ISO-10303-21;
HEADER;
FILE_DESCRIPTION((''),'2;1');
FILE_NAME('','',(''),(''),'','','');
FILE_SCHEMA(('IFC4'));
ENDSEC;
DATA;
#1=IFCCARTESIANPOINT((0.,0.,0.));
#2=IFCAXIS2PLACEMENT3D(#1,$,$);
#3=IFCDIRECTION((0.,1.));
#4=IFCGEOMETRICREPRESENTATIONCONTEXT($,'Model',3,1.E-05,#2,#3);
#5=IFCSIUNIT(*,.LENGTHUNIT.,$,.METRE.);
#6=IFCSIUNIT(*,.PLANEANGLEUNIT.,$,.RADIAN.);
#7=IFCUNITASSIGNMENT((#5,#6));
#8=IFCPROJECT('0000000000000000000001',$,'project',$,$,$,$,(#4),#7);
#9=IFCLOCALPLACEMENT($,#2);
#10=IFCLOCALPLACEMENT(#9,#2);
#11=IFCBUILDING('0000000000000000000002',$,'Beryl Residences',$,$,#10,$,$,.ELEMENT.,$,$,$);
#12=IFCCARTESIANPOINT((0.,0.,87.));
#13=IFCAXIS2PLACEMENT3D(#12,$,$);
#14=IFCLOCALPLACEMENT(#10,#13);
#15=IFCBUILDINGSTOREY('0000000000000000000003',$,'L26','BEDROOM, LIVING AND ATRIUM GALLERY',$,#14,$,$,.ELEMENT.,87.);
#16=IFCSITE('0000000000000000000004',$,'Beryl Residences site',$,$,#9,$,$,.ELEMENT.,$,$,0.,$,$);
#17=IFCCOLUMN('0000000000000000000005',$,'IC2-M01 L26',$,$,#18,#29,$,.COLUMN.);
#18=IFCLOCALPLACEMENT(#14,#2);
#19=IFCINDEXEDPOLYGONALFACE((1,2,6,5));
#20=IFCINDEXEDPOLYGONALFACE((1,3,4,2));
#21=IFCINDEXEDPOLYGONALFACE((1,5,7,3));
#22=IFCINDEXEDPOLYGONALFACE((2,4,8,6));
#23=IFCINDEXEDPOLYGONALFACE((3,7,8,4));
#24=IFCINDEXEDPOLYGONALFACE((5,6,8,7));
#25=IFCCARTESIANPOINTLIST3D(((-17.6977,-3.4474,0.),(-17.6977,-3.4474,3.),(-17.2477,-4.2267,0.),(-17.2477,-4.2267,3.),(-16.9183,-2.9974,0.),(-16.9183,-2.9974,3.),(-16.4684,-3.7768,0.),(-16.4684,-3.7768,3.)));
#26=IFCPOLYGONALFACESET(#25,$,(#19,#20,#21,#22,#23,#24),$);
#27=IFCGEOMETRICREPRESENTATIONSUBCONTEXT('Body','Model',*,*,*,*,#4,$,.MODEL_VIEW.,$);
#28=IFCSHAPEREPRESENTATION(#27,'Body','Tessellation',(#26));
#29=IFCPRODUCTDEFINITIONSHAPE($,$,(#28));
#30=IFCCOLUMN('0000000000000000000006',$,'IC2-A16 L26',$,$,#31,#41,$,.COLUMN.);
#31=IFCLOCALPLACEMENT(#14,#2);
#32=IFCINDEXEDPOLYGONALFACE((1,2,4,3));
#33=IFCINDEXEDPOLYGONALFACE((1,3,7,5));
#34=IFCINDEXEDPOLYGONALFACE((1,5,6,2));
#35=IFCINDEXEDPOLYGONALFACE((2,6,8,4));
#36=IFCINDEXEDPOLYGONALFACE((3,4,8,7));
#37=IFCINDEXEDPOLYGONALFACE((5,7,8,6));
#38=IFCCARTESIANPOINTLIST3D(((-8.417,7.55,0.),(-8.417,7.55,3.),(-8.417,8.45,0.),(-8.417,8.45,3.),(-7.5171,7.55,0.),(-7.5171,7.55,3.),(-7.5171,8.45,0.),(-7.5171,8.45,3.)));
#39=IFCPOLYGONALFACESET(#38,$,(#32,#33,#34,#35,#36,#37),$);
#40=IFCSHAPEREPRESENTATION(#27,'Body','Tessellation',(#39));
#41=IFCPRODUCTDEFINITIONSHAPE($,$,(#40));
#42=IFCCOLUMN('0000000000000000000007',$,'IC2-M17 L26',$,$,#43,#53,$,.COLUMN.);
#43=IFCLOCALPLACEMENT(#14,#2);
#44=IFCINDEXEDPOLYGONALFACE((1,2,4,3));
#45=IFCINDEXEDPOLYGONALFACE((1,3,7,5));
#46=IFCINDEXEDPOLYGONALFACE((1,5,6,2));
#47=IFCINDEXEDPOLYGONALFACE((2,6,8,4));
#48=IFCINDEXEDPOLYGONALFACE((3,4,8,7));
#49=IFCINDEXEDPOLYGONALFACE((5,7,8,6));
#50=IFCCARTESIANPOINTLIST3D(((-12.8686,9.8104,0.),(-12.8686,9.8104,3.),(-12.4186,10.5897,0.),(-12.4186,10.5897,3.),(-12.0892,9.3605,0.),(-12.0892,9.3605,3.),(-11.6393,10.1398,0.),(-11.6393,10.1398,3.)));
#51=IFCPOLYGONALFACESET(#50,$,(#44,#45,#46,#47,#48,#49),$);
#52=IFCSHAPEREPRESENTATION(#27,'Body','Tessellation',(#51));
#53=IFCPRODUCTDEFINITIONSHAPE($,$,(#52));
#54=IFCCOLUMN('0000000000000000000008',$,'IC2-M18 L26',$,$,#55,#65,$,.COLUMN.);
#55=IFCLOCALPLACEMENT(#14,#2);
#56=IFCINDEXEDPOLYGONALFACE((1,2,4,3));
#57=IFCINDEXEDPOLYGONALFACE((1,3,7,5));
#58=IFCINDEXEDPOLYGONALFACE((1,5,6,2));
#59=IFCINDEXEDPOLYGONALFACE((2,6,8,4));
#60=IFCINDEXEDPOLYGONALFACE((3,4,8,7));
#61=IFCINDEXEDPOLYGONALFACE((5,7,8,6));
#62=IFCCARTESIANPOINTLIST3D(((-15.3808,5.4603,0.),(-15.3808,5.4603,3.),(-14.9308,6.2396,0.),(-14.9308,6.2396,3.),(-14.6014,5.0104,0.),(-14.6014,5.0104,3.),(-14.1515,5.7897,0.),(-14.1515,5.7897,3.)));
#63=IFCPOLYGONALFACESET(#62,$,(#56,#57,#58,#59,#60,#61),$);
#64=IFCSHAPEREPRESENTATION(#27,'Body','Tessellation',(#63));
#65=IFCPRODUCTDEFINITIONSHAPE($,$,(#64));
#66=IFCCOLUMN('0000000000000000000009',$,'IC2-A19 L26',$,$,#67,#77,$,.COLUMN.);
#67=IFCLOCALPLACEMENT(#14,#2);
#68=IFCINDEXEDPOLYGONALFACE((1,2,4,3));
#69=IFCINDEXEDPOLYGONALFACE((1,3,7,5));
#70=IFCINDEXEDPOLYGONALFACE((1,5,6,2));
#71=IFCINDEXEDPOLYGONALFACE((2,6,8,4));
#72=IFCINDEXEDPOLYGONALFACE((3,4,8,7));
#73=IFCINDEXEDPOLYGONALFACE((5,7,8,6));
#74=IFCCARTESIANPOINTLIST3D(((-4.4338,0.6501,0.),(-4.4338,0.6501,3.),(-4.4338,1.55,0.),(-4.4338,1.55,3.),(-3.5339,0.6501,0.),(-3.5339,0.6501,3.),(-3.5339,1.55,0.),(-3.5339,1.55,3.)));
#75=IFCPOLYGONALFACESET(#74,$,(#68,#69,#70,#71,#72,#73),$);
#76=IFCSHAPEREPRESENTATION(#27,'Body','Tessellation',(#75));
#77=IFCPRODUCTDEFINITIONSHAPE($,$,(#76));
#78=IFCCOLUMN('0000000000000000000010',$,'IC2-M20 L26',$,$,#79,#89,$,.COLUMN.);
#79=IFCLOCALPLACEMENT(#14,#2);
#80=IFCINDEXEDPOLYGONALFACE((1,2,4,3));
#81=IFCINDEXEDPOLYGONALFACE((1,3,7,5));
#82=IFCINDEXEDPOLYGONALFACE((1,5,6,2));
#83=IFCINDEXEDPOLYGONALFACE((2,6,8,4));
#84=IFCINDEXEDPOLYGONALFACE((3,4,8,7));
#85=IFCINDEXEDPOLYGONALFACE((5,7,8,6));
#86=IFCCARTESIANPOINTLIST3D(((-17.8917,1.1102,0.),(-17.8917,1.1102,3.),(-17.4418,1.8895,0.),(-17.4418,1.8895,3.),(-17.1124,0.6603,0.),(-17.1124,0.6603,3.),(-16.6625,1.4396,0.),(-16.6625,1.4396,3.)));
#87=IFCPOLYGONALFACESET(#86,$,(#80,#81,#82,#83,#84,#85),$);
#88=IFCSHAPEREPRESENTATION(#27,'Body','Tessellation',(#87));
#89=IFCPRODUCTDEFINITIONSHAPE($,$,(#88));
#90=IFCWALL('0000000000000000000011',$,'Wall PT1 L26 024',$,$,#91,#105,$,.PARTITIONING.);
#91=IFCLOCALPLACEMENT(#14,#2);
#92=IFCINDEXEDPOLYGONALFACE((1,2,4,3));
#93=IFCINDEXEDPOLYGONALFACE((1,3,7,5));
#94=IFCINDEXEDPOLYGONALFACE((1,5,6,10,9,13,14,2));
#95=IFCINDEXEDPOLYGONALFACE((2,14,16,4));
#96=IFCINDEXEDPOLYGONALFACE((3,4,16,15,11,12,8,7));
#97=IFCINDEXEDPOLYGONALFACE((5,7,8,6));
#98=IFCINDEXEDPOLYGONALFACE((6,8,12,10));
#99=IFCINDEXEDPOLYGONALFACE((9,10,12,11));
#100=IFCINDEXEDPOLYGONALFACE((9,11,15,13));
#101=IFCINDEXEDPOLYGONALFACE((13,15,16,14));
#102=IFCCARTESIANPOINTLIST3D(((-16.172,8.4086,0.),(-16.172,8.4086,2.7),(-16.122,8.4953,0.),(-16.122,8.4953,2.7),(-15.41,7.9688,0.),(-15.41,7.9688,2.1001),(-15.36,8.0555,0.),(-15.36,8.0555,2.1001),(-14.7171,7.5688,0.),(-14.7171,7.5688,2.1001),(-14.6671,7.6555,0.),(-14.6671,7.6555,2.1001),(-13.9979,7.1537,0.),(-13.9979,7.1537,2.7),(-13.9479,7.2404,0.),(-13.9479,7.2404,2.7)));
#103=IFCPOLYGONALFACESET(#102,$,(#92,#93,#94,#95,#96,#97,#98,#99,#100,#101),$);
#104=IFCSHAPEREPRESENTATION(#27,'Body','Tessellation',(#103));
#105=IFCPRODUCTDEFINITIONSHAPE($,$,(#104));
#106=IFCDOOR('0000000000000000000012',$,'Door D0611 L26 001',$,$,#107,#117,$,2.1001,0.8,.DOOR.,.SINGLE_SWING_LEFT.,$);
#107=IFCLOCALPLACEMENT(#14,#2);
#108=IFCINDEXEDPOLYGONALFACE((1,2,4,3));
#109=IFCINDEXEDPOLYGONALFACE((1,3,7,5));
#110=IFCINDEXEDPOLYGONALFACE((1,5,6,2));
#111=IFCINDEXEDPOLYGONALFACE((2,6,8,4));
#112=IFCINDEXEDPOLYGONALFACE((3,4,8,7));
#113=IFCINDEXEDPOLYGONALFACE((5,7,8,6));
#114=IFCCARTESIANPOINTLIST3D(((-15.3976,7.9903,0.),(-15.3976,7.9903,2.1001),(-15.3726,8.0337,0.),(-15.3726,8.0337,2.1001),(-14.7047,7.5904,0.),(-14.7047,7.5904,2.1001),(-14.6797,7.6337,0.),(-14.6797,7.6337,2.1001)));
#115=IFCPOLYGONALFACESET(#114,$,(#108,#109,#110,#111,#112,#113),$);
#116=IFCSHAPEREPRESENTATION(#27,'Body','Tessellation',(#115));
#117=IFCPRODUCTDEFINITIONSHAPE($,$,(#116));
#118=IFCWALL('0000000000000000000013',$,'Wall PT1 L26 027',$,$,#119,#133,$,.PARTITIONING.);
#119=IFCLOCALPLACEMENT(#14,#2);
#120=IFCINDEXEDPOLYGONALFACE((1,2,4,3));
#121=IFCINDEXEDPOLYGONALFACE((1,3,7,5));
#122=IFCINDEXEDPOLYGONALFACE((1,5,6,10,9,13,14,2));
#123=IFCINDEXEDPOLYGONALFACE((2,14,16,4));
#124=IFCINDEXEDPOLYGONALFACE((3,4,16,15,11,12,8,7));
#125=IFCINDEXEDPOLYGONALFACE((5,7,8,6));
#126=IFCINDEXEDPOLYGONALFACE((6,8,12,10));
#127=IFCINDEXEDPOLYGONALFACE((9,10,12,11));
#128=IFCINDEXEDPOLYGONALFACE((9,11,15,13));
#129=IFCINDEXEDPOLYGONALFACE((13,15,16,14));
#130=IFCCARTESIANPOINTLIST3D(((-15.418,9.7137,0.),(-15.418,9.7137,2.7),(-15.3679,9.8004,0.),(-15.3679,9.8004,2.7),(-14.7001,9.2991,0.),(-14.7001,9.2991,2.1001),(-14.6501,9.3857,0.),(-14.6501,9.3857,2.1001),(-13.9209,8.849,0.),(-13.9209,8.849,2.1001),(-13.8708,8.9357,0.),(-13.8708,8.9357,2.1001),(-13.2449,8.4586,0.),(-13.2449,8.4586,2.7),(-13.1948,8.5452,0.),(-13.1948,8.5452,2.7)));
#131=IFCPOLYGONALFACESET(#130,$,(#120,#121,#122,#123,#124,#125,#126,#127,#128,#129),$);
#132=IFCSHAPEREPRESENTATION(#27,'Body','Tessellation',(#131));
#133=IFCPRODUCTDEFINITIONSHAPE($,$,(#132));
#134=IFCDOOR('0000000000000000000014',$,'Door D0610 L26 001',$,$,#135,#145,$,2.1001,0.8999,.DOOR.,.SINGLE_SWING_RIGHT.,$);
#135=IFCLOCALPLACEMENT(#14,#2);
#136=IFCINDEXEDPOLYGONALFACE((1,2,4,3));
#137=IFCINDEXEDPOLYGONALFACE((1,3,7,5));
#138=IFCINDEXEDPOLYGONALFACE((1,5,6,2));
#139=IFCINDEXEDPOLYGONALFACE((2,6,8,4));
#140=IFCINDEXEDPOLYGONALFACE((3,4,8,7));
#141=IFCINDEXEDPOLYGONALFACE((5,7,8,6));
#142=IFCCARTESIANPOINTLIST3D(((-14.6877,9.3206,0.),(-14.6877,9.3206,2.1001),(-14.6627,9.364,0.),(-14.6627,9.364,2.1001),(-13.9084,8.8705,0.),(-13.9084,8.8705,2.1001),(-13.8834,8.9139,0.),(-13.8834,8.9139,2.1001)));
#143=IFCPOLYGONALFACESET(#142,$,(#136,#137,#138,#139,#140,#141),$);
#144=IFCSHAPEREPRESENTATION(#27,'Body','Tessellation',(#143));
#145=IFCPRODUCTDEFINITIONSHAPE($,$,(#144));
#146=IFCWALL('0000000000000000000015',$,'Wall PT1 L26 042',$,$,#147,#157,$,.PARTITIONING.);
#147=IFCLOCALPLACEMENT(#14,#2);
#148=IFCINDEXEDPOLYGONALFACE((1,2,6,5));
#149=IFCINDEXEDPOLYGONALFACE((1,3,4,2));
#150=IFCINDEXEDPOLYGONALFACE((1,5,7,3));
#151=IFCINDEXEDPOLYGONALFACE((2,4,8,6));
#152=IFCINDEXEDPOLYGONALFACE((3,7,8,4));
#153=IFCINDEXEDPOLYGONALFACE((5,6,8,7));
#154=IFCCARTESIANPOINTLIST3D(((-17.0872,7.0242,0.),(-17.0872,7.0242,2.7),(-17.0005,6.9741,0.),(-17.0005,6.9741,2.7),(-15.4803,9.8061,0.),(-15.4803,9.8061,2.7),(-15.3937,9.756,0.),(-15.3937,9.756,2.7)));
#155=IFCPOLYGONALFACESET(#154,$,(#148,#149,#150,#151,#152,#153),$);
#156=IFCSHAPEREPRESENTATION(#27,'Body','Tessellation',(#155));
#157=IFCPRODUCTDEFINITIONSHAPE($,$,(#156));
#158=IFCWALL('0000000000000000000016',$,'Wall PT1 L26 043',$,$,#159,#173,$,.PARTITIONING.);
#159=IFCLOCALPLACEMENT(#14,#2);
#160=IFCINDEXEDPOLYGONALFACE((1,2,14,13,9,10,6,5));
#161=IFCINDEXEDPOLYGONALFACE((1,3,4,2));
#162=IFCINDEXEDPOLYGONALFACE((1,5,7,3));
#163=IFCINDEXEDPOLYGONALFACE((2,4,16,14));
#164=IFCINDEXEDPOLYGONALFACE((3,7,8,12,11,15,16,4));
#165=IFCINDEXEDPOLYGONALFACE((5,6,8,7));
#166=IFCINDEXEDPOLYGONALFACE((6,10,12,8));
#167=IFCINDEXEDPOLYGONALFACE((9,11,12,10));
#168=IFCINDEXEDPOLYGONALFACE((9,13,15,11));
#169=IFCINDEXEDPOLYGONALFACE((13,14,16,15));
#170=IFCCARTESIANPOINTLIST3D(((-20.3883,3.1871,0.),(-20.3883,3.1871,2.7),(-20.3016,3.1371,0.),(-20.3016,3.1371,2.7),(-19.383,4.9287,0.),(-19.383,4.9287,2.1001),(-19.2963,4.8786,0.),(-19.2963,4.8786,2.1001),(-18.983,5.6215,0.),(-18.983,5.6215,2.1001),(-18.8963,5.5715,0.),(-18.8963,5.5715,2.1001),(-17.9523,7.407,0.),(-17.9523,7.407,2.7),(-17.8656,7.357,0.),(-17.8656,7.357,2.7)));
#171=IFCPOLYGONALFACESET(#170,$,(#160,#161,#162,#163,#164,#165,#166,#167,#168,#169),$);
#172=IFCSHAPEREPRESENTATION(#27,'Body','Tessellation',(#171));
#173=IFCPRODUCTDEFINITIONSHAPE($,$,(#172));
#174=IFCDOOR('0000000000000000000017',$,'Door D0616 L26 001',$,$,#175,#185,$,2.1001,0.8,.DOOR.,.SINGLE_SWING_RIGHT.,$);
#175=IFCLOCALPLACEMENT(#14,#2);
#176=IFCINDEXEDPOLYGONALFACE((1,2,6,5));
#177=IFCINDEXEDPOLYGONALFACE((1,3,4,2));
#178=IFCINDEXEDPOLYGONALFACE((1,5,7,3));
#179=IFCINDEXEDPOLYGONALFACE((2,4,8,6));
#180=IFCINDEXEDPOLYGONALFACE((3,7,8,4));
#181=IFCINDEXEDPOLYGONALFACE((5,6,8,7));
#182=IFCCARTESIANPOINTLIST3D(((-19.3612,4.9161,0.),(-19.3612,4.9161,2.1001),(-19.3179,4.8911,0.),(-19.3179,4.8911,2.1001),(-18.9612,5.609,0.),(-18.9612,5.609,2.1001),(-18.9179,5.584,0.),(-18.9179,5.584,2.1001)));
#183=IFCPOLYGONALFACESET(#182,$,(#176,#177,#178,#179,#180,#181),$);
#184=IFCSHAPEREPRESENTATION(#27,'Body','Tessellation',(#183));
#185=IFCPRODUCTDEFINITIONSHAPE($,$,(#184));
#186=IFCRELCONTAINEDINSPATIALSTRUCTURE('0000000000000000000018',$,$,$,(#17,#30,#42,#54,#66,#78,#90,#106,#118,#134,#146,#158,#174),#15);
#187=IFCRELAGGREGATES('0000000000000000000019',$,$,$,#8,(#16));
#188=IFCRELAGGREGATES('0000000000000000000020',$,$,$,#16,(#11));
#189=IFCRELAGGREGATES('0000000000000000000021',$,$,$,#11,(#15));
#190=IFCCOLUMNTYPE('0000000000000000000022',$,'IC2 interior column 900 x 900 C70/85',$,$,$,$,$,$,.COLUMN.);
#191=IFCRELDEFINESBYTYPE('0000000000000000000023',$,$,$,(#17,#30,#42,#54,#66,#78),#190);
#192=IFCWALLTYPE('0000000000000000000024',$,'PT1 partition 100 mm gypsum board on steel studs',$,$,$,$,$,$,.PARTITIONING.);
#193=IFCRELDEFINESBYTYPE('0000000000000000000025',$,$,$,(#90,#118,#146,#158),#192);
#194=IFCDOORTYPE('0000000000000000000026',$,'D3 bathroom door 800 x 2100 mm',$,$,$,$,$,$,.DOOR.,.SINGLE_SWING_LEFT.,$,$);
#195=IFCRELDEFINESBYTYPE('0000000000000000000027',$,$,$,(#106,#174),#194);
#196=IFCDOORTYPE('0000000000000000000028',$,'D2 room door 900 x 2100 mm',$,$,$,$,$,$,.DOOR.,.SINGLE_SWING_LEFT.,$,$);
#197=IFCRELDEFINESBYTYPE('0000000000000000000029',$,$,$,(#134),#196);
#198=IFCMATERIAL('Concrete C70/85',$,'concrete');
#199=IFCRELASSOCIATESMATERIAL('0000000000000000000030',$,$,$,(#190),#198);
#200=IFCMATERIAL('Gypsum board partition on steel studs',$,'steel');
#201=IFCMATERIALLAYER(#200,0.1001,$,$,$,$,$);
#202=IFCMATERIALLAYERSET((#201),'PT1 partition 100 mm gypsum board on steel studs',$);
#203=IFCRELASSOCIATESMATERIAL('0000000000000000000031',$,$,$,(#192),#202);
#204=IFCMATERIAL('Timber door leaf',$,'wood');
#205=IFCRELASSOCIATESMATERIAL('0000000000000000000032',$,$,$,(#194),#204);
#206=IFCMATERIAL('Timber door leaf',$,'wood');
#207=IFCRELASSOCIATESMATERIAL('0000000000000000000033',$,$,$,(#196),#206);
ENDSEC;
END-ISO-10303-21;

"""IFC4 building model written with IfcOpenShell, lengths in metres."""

from ifc_helpers import new_model, si_unit, direction, frame, frame_2d, origin, origin_2d, place, context, subcontext, project, spatial, rectangle, extrude, material, layer, layer_set, material_profile, profile_set, type_object, element, fill, save


model = new_model("IFC4")

# Units and contexts
model_context = context("Model", 3, precision=1e-05, world=origin(), true_north=direction((0.0, 1.0)))
body_context = subcontext(model_context, "Body", "Model", "MODEL_VIEW")
ifc_project = project(units=[si_unit("LENGTHUNIT", "METRE"), si_unit("PLANEANGLEUNIT", "RADIAN")], contexts=[model_context])

# Site, building, storey
site_placement = place(None, origin())
site = spatial("IfcSite", under=ifc_project, at=site_placement, Name="Beryl Residences site", CompositionType="ELEMENT", RefElevation=0.0)
building_placement = place(site_placement, origin())
building = spatial("IfcBuilding", under=site, at=building_placement, Name="Beryl Residences", CompositionType="ELEMENT")
storey_placement = place(building_placement, frame((0.0, 0.0, 87.0)))
storey = spatial("IfcBuildingStorey", under=building, at=storey_placement, Name="L26", Description="BEDROOM, LIVING AND ATRIUM GALLERY", CompositionType="ELEMENT", Elevation=87.0)

# Columns
ifc_material_1 = material(Name="Concrete C70/85", Category="concrete")
ifc_material_profile = material_profile(ifc_material_1, rectangle(XDim=0.8999, YDim=0.8999, at=origin_2d()))
ifc_profile_set = profile_set([ifc_material_profile], Name="Concrete C70/85")
column_type = type_object("IfcColumnType", Name="IC2 interior column 900 x 900 C70/85", PredefinedType="COLUMN", material=ifc_profile_set)
for number, where, z_axis, x_axis, name in (
    (1, (-17.083, -3.6121, 0.0), (0.0, 0.0, 1.0), (0.5, -0.866025, 0.0), "IC2-M01 L26"),
    (2, (-7.967, 8.0, 0.0), (0.0, 0.0, 1.0), (1.0, 0.0, 0.0), "IC2-A16 L26"),
    (3, (-12.2539, 9.9751, 0.0), (0.0, 0.0, 1.0), (-0.5, -0.866025, 0.0), "IC2-M17 L26"),
    (4, (-14.7661, 5.625, 0.0), (0.0, 0.0, 1.0), (-0.5, -0.866025, 0.0), "IC2-M18 L26"),
    (5, (-3.9839, 1.1001, 0.0), (0.0, 0.0, 1.0), (1.0, 0.0, 0.0), "IC2-A19 L26"),
    (6, (-17.2771, 1.2749, 0.0), (0.0, 0.0, 1.0), (-0.5, -0.866025, 0.0), "IC2-M20 L26"),
):
    element("IfcColumn", number, at=place(storey_placement, frame(where, z_axis=z_axis, x_axis=x_axis)), inside=storey, type_object=column_type, Name=name, PredefinedType="COLUMN", context=body_context, shape_type="SweptSolid", body=[
        extrude(rectangle(XDim=0.8999, YDim=0.8999, at=origin_2d()), origin(), (0.0, 0.0, 1.0), 3.0),
    ])

# Walls, openings, doors
ifc_material_2 = material(Name="Gypsum board partition on steel studs", Category="steel")
ifc_layer_1 = layer(ifc_material_2, 0.1001)
ifc_layer_set_1 = layer_set([ifc_layer_1], Name="PT1 partition 100 mm gypsum board on steel studs")
wall_type_1 = type_object("IfcWallType", Name="PT1 partition 100 mm gypsum board on steel studs", PredefinedType="PARTITIONING", material=ifc_layer_set_1)
wall_1_placement = place(storey_placement, frame((-16.147, 8.4519, 0.0), z_axis=(0.0, 0.0, 1.0), x_axis=(0.86608, -0.499905, 0.0)))
wall_1 = element("IfcWall", 7, at=wall_1_placement, inside=storey, type_object=wall_type_1, Name="Wall PT1 L26 024", PredefinedType="PARTITIONING", context=body_context, shape_type="SweptSolid", body=[
    extrude(rectangle(XDim=2.5103, YDim=0.1001, at=frame_2d((1.2551, 0.0))), origin(), (0.0, 0.0, 1.0), 2.7),
])
opening_1_placement = place(wall_1_placement, frame((0.8799, 0.0, 0.0)))
opening_1 = element("IfcOpeningElement", 8, at=opening_1_placement, cuts=wall_1, PredefinedType="OPENING", context=body_context, shape_type="SweptSolid", body=[
    extrude(rectangle(XDim=0.8, YDim=2.1001, at=frame_2d((0.3999, 1.05))), frame((0.0, 0.0601, 0.0), z_axis=(0.0, -1.0, 0.0), x_axis=(1.0, 0.0, 0.0)), (0.0, 0.0, 1.0), 0.1201),
])
ifc_material_3 = material(Name="Timber door leaf", Category="wood")
door_type_1 = type_object("IfcDoorType", Name="D3 bathroom door 800 x 2100 mm", OperationType="SINGLE_SWING_LEFT", PredefinedType="DOOR", material=ifc_material_3)
door_1_placement = place(opening_1_placement, origin())
door_1 = element("IfcDoor", 9, at=door_1_placement, inside=storey, type_object=door_type_1, Name="Door D0611 L26 001", OperationType="SINGLE_SWING_LEFT", OverallHeight=2.1001, OverallWidth=0.8, PredefinedType="DOOR", context=body_context, shape_type="SweptSolid", body=[
    extrude(rectangle(XDim=0.8, YDim=2.1001, at=frame_2d((0.3999, 1.05))), frame((0.0, 0.0249, 0.0), z_axis=(0.0, -1.0, 0.0), x_axis=(1.0, 0.0, 0.0)), (0.0, 0.0, 1.0), 0.05),
])
fill(opening_1, door_1)
wall_2_placement = place(storey_placement, frame((-15.3931, 9.7571, 0.0), z_axis=(0.0, 0.0, 1.0), x_axis=(0.865941, -0.500146, 0.0)))
wall_2 = element("IfcWall", 10, at=wall_2_placement, inside=storey, type_object=wall_type_1, Name="Wall PT1 L26 027", PredefinedType="PARTITIONING", context=body_context, shape_type="SweptSolid", body=[
    extrude(rectangle(XDim=2.5095, YDim=0.1001, at=frame_2d((1.2549, 0.0))), origin(), (0.0, 0.0, 1.0), 2.7),
])
opening_2_placement = place(wall_2_placement, frame((0.8291, 0.0, 0.0)))
opening_2 = element("IfcOpeningElement", 11, at=opening_2_placement, cuts=wall_2, PredefinedType="OPENING", context=body_context, shape_type="SweptSolid", body=[
    extrude(rectangle(XDim=0.8999, YDim=2.1001, at=frame_2d((0.45, 1.05))), frame((0.0, 0.0601, 0.0), z_axis=(0.0, -1.0, 0.0), x_axis=(1.0, 0.0, 0.0)), (0.0, 0.0, 1.0), 0.1201),
])
ifc_material_4 = material(Name="Timber door leaf", Category="wood")
door_type_2 = type_object("IfcDoorType", Name="D2 room door 900 x 2100 mm", OperationType="SINGLE_SWING_LEFT", PredefinedType="DOOR", material=ifc_material_4)
door_2_placement = place(opening_2_placement, origin())
door_2 = element("IfcDoor", 12, at=door_2_placement, inside=storey, type_object=door_type_2, Name="Door D0610 L26 001", OperationType="SINGLE_SWING_RIGHT", OverallHeight=2.1001, OverallWidth=0.8999, PredefinedType="DOOR", context=body_context, shape_type="SweptSolid", body=[
    extrude(rectangle(XDim=0.8999, YDim=2.1001, at=frame_2d((0.45, 1.05))), frame((0.0, 0.0249, 0.0), z_axis=(0.0, -1.0, 0.0), x_axis=(1.0, 0.0, 0.0)), (0.0, 0.0, 1.0), 0.05),
])
fill(opening_2, door_2)

# Wall
wall_3_placement = place(storey_placement, frame((-17.0439, 6.999, 0.0), z_axis=(0.0, 0.0, 1.0), x_axis=(0.500176, 0.865924, 0.0)))
element("IfcWall", 13, at=wall_3_placement, inside=storey, type_object=wall_type_1, Name="Wall PT1 L26 042", PredefinedType="PARTITIONING", context=body_context, shape_type="SweptSolid", body=[
    extrude(rectangle(XDim=3.2126, YDim=0.1001, at=frame_2d((1.6064, 0.0))), origin(), (0.0, 0.0, 1.0), 2.7),
])

# Wall, opening, door
wall_4_placement = place(storey_placement, frame((-20.345, 3.1621, 0.0), z_axis=(0.0, 0.0, 1.0), x_axis=(0.499944, 0.866058, 0.0)))
wall_4 = element("IfcWall", 14, at=wall_4_placement, inside=storey, type_object=wall_type_1, Name="Wall PT1 L26 043", PredefinedType="PARTITIONING", context=body_context, shape_type="SweptSolid", body=[
    extrude(rectangle(XDim=4.8726, YDim=0.1001, at=frame_2d((2.4363, 0.0))), origin(), (0.0, 0.0, 1.0), 2.7),
])
opening_3_placement = place(wall_4_placement, frame((2.011, 0.0, 0.0)))
opening_3 = element("IfcOpeningElement", 15, at=opening_3_placement, cuts=wall_4, PredefinedType="OPENING", context=body_context, shape_type="SweptSolid", body=[
    extrude(rectangle(XDim=0.8, YDim=2.1001, at=frame_2d((0.3999, 1.05))), frame((0.0, 0.0601, 0.0), z_axis=(0.0, -1.0, 0.0), x_axis=(1.0, 0.0, 0.0)), (0.0, 0.0, 1.0), 0.1201),
])
door_3_placement = place(opening_3_placement, origin())
door_3 = element("IfcDoor", 16, at=door_3_placement, inside=storey, type_object=door_type_1, Name="Door D0616 L26 001", OperationType="SINGLE_SWING_RIGHT", OverallHeight=2.1001, OverallWidth=0.8, PredefinedType="DOOR", context=body_context, shape_type="SweptSolid", body=[
    extrude(rectangle(XDim=0.8, YDim=2.1001, at=frame_2d((0.3999, 1.05))), frame((0.0, 0.0249, 0.0), z_axis=(0.0, -1.0, 0.0), x_axis=(1.0, 0.0, 0.0)), (0.0, 0.0, 1.0), 0.05),
])
fill(opening_3, door_3)

save(model, "model.ifc")
